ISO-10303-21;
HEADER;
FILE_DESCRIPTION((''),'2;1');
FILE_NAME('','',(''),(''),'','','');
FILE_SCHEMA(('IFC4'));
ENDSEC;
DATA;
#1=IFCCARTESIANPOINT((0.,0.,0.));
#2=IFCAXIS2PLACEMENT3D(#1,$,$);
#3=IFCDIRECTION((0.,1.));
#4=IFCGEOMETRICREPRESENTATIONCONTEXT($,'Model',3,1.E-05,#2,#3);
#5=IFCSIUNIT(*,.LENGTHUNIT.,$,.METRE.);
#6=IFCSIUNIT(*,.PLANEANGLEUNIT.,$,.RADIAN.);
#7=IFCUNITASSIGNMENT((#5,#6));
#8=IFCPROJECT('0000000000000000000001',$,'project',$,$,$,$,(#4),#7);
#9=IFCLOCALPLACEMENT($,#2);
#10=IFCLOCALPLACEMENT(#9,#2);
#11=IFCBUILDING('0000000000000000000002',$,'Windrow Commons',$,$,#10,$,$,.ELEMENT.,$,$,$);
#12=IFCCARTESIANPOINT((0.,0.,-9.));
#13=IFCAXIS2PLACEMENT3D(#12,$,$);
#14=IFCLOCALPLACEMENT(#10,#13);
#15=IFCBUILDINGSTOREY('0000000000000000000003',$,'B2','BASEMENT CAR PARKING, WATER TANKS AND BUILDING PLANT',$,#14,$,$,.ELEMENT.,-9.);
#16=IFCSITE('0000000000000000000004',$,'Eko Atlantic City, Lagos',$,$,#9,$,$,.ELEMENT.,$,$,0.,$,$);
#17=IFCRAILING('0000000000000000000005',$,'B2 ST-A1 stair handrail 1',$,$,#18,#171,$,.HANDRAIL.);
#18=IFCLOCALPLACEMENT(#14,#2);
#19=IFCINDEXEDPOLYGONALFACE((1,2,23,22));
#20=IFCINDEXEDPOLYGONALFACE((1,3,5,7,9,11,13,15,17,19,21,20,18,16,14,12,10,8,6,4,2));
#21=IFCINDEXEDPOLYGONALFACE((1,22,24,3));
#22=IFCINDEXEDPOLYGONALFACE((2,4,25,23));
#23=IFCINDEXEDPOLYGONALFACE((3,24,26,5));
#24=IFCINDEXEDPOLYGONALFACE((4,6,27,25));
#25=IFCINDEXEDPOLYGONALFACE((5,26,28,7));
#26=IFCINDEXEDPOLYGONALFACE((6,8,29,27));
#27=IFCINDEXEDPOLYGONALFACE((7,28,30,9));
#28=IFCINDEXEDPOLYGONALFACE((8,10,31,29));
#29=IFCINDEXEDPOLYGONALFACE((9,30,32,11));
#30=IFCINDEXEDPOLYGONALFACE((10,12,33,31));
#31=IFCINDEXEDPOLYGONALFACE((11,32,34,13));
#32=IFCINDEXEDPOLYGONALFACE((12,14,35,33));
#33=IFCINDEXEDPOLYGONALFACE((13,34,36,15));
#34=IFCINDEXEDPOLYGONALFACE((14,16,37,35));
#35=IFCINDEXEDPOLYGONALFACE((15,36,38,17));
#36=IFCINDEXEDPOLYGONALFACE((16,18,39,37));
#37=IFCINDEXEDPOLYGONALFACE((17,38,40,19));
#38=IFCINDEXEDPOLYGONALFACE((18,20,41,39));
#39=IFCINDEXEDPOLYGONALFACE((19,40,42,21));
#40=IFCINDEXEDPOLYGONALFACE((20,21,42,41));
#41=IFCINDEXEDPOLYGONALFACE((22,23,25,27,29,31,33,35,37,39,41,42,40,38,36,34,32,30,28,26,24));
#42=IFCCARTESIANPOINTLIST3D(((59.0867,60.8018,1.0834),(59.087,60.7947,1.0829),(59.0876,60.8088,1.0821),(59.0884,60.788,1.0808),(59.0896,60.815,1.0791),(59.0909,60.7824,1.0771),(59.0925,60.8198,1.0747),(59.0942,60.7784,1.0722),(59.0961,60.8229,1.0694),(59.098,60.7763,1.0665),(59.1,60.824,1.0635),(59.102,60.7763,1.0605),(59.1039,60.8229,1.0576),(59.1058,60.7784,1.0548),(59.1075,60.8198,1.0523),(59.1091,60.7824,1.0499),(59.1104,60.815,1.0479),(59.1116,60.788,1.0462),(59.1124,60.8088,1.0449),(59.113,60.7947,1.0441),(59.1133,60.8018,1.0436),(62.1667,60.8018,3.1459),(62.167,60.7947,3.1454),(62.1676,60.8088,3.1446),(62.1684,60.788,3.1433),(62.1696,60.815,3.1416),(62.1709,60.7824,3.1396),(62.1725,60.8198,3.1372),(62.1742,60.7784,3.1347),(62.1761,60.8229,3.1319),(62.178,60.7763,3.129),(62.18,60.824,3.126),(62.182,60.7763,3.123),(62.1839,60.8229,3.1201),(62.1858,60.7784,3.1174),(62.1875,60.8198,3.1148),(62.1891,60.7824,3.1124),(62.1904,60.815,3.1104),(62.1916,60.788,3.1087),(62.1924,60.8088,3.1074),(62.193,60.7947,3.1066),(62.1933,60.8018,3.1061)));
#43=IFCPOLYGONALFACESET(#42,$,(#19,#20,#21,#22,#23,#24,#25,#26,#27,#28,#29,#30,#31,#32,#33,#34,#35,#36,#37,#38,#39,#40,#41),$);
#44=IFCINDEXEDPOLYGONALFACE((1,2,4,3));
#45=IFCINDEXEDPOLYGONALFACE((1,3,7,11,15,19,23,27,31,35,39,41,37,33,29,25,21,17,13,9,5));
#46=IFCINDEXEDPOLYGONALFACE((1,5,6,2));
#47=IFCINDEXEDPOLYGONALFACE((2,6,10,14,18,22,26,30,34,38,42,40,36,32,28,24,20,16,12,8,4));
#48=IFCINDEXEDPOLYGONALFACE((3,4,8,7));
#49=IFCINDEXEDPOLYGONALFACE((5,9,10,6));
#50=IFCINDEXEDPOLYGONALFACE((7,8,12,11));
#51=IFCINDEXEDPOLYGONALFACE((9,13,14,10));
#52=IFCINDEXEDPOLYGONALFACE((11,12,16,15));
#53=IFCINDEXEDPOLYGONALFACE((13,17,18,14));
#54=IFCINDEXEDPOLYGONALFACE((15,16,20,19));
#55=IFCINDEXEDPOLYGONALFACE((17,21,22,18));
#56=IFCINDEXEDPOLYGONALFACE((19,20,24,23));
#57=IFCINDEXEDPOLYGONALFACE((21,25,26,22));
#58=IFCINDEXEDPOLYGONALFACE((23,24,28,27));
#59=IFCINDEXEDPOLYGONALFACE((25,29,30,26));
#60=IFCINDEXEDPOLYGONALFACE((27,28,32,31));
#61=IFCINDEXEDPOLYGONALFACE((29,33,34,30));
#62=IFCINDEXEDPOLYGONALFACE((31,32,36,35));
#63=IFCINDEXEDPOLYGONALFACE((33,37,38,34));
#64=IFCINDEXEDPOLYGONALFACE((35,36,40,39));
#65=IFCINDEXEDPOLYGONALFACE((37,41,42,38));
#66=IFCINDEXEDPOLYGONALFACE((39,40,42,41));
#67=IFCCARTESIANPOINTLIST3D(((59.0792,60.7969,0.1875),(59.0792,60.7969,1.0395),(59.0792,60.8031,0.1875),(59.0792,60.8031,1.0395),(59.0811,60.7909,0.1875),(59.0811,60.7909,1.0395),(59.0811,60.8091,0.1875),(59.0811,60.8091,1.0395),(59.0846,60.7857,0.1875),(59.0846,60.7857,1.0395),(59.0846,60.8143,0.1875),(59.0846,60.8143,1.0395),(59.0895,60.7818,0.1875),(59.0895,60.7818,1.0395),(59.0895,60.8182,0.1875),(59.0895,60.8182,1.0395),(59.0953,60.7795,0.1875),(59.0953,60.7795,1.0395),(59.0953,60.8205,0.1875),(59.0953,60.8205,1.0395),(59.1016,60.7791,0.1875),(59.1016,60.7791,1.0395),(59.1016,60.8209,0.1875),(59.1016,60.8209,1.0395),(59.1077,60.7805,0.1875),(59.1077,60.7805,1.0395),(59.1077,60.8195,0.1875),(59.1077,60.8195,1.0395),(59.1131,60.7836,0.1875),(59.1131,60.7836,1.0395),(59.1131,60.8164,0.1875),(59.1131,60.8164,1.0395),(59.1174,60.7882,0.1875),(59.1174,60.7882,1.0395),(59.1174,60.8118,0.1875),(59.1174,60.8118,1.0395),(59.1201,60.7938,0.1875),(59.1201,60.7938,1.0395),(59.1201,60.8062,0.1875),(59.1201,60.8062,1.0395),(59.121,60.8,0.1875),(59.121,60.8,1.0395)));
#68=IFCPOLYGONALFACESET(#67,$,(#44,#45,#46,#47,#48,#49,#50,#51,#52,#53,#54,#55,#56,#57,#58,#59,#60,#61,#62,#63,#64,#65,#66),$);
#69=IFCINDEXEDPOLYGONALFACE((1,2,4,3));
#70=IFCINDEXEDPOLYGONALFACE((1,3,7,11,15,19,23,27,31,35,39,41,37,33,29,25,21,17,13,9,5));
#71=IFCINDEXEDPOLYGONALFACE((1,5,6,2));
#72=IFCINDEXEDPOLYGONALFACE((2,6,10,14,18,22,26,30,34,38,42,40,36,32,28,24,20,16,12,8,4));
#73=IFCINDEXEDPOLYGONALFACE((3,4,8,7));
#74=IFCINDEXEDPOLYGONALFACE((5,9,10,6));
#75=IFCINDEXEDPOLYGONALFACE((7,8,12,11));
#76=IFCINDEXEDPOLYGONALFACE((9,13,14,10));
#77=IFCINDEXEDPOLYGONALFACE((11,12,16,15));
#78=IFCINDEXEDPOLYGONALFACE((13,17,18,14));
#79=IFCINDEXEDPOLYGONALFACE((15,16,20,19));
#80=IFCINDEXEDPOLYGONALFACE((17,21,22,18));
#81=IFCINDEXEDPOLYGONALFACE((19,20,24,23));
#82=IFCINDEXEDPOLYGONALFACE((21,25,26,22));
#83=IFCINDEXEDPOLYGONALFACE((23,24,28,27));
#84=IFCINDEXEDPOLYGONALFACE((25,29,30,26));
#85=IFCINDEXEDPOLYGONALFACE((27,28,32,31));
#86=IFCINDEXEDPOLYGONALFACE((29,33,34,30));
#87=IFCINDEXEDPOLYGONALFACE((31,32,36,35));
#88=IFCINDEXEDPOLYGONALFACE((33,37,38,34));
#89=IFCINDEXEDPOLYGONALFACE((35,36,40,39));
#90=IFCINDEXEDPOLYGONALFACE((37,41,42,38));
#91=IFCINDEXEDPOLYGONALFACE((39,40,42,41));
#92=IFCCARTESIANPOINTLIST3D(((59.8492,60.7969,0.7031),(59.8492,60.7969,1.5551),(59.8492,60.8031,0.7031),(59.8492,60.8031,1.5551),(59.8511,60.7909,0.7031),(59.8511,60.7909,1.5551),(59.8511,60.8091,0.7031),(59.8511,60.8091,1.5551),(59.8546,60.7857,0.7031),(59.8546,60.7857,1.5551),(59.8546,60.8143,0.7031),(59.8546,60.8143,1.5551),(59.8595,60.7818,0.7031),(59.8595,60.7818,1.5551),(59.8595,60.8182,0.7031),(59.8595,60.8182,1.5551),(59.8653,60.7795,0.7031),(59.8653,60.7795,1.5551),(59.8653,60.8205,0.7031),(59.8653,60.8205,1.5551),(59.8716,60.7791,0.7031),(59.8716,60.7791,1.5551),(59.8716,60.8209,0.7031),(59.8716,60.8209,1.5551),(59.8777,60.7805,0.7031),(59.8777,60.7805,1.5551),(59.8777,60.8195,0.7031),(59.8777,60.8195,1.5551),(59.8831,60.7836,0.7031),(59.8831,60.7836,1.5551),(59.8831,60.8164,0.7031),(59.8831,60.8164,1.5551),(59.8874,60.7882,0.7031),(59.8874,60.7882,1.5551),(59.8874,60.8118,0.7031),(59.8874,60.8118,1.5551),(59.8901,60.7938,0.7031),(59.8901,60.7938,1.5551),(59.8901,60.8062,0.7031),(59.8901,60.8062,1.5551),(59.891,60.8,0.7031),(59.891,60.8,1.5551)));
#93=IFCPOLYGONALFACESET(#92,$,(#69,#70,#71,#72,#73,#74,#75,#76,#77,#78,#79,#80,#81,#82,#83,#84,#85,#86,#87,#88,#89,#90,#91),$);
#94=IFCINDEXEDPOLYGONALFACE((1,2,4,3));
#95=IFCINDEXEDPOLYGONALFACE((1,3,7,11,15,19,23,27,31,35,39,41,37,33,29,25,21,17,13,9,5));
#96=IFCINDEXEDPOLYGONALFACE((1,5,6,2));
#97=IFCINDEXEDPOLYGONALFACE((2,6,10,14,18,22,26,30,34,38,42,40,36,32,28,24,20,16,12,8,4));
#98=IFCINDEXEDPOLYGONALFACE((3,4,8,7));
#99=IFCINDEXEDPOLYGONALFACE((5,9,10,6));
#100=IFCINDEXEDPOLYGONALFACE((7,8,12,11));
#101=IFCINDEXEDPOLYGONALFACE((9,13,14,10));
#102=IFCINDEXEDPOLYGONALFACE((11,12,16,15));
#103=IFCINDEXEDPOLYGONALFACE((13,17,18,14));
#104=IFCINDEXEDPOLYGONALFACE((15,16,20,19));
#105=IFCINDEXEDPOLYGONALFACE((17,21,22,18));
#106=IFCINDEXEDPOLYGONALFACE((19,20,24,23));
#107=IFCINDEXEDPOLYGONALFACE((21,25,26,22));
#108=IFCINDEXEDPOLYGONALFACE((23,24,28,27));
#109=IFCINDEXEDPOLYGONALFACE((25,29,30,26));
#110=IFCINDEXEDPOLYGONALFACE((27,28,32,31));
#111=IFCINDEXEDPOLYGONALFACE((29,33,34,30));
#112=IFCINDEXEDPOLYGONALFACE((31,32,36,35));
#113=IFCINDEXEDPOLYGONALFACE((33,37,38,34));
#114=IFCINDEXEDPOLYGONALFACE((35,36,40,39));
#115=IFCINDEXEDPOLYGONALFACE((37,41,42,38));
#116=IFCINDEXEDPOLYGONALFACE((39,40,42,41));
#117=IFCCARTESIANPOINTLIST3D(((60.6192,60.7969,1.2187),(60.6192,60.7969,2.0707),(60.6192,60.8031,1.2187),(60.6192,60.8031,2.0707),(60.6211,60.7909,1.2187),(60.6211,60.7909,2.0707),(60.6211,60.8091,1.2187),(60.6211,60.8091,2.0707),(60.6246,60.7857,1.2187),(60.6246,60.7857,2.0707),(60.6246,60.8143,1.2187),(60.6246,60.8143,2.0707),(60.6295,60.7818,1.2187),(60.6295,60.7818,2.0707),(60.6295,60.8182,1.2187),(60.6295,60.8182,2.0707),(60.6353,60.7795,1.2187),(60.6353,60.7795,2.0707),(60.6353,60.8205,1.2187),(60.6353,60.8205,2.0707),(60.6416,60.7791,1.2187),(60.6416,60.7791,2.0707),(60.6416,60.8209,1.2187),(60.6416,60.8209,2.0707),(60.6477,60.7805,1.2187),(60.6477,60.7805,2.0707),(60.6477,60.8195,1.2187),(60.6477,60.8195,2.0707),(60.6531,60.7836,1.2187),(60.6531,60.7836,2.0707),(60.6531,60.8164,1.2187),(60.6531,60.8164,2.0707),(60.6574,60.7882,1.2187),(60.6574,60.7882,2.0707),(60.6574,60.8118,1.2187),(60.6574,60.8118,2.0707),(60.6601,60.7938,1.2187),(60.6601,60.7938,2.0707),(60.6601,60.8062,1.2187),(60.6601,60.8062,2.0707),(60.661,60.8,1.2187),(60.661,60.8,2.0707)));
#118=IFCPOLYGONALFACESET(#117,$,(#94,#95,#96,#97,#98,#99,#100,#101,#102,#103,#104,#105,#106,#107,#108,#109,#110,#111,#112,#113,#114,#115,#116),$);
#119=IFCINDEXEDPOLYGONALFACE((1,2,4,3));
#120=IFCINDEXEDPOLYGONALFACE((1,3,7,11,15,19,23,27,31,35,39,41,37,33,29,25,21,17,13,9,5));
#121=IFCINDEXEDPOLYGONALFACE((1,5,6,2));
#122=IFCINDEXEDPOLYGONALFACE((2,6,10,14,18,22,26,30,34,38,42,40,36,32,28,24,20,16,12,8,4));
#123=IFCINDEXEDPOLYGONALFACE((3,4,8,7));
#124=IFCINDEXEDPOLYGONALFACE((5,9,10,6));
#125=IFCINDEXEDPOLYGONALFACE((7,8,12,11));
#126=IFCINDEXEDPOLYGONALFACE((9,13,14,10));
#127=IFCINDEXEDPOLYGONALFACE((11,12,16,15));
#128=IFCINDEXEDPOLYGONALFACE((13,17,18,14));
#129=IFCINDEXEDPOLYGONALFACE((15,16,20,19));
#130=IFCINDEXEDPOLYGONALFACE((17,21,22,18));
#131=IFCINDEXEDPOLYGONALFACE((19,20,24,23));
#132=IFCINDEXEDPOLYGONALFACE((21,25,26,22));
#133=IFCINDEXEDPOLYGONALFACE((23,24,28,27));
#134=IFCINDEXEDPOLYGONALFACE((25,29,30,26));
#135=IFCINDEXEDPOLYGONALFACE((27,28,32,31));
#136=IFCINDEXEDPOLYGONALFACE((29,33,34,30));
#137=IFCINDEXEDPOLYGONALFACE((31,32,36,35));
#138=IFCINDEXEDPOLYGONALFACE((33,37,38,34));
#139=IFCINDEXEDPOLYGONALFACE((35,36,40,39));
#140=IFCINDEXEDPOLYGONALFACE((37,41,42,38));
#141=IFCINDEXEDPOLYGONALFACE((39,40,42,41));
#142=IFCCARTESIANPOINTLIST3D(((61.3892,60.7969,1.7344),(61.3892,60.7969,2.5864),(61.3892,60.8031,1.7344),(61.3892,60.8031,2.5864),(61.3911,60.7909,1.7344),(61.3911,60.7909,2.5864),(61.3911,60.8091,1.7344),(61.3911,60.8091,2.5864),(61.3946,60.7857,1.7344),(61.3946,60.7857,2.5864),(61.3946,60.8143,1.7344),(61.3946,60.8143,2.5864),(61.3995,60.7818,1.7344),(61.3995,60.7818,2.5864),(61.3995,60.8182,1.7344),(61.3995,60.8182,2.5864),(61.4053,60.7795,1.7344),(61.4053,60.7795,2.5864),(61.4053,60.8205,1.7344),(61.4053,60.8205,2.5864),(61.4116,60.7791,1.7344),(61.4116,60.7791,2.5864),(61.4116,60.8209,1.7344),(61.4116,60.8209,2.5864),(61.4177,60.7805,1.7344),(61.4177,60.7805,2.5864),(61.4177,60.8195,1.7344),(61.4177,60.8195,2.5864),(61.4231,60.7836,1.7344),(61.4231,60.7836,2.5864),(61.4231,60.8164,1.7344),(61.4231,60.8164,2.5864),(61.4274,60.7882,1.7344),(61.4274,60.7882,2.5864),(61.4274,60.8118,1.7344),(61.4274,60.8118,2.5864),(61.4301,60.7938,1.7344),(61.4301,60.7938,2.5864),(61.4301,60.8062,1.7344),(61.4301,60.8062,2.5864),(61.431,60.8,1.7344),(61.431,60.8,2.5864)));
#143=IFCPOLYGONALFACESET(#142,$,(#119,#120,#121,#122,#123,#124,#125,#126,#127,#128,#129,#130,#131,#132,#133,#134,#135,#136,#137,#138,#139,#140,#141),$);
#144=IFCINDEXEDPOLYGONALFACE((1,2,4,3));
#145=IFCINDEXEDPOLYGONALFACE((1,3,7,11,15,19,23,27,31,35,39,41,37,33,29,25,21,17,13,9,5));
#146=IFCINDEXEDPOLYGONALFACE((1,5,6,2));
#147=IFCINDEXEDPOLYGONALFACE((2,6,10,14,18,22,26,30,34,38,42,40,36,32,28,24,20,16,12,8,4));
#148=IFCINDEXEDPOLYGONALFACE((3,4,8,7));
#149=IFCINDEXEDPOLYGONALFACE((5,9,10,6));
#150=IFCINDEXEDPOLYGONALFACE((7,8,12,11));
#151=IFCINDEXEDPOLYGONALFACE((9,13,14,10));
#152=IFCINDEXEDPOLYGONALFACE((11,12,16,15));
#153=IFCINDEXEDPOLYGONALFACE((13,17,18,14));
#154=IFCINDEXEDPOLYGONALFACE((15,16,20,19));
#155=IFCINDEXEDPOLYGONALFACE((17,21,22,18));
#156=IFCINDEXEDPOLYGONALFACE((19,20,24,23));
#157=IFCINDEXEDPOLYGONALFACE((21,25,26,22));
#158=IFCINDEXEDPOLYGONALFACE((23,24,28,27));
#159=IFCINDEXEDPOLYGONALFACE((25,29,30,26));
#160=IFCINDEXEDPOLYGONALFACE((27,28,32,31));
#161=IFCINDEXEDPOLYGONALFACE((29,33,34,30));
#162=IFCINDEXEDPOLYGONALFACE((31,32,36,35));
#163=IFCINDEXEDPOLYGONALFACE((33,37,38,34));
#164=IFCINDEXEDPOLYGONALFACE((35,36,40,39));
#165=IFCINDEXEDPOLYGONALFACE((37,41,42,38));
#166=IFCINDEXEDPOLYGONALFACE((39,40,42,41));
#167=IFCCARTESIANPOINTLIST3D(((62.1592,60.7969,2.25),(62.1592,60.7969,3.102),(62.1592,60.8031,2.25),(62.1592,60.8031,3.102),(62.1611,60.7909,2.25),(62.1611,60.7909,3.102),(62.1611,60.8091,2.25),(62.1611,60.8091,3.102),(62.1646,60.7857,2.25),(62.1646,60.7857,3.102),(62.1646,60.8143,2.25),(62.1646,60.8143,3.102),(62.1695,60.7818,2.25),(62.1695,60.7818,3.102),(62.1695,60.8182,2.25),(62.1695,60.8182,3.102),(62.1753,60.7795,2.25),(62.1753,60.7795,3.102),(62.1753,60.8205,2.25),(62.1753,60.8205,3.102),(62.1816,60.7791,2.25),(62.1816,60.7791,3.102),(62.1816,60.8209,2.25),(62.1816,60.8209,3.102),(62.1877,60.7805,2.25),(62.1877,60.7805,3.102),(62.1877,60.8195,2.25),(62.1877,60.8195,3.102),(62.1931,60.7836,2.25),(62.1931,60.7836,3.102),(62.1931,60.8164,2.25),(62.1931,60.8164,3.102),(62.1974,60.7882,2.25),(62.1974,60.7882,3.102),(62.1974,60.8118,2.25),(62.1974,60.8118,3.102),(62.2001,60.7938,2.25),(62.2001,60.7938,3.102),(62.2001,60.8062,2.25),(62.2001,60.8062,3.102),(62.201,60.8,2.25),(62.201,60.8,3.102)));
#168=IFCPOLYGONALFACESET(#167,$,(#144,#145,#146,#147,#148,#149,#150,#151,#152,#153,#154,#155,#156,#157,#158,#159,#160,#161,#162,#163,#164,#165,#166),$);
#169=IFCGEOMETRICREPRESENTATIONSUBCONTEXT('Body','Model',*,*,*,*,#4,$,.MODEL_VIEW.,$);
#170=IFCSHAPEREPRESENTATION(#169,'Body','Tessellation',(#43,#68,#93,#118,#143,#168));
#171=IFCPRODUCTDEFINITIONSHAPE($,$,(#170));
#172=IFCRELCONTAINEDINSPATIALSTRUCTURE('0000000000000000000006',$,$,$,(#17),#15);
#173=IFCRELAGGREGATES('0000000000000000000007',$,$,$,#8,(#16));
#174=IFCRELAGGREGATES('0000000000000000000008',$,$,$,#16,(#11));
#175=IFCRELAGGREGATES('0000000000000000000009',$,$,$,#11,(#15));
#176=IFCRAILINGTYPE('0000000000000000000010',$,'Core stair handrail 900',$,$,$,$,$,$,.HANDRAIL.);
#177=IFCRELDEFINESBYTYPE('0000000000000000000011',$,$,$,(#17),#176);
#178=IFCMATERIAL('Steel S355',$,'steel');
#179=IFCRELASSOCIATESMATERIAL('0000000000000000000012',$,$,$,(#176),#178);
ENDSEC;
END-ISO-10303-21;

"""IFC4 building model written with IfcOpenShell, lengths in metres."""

from ifc_helpers import new_model, si_unit, direction, frame, origin, origin_2d, place, context, subcontext, project, spatial, circle, extrude, material, type_object, element, save


model = new_model("IFC4")

# Units and contexts
model_context = context("Model", 3, precision=1e-05, world=origin(), true_north=direction((0.0, 1.0)))
body_context = subcontext(model_context, "Body", "Model", "MODEL_VIEW")
ifc_project = project(units=[si_unit("LENGTHUNIT", "METRE"), si_unit("PLANEANGLEUNIT", "RADIAN")], contexts=[model_context])

# Site, building, storey
site_placement = place(None, origin())
site = spatial("IfcSite", under=ifc_project, at=site_placement, Name="Eko Atlantic City, Lagos", CompositionType="ELEMENT", RefElevation=0.0)
building_placement = place(site_placement, origin())
building = spatial("IfcBuilding", under=site, at=building_placement, Name="Windrow Commons", CompositionType="ELEMENT")
storey_placement = place(building_placement, frame((0.0, 0.0, -9.0)))
storey = spatial("IfcBuildingStorey", under=building, at=storey_placement, Name="B2", Description="BASEMENT CAR PARKING, WATER TANKS AND BUILDING PLANT", CompositionType="ELEMENT", Elevation=-9.0)

# Railing
ifc_material_1 = material(Name="Steel S355", Category="steel")
railing_type_1 = type_object("IfcRailingType", Name="Core stair handrail 900", PredefinedType="HANDRAIL", material=ifc_material_1)
railing_1_placement = place(storey_placement, frame((59.1, 60.8, 0.1875)))
element("IfcRailing", 1, at=railing_1_placement, inside=storey, type_object=railing_type_1, Name="B2 ST-A1 stair handrail 1", PredefinedType="HANDRAIL", context=body_context, shape_type="SweptSolid", body=[
    extrude(circle(Radius=0.024, at=origin_2d()), frame((0.0, 0.0, 0.876), z_axis=(0.830907, 0.0, 0.556411), x_axis=(0.0, 1.0, 0.0)), (0.0, 0.0, 1.0), 3.7068),
    extrude(circle(Radius=0.021, at=origin_2d()), origin(), (0.0, 0.0, 1.0), 0.852),
    extrude(circle(Radius=0.021, at=origin_2d()), frame((0.77, 0.0, 0.5156)), (0.0, 0.0, 1.0), 0.852),
    extrude(circle(Radius=0.021, at=origin_2d()), frame((1.54, 0.0, 1.0312)), (0.0, 0.0, 1.0), 0.852),
    extrude(circle(Radius=0.021, at=origin_2d()), frame((2.31, 0.0, 1.5469)), (0.0, 0.0, 1.0), 0.852),
    extrude(circle(Radius=0.021, at=origin_2d()), frame((3.08, 0.0, 2.0625)), (0.0, 0.0, 1.0), 0.852),
])

save(model, "model.ifc")
